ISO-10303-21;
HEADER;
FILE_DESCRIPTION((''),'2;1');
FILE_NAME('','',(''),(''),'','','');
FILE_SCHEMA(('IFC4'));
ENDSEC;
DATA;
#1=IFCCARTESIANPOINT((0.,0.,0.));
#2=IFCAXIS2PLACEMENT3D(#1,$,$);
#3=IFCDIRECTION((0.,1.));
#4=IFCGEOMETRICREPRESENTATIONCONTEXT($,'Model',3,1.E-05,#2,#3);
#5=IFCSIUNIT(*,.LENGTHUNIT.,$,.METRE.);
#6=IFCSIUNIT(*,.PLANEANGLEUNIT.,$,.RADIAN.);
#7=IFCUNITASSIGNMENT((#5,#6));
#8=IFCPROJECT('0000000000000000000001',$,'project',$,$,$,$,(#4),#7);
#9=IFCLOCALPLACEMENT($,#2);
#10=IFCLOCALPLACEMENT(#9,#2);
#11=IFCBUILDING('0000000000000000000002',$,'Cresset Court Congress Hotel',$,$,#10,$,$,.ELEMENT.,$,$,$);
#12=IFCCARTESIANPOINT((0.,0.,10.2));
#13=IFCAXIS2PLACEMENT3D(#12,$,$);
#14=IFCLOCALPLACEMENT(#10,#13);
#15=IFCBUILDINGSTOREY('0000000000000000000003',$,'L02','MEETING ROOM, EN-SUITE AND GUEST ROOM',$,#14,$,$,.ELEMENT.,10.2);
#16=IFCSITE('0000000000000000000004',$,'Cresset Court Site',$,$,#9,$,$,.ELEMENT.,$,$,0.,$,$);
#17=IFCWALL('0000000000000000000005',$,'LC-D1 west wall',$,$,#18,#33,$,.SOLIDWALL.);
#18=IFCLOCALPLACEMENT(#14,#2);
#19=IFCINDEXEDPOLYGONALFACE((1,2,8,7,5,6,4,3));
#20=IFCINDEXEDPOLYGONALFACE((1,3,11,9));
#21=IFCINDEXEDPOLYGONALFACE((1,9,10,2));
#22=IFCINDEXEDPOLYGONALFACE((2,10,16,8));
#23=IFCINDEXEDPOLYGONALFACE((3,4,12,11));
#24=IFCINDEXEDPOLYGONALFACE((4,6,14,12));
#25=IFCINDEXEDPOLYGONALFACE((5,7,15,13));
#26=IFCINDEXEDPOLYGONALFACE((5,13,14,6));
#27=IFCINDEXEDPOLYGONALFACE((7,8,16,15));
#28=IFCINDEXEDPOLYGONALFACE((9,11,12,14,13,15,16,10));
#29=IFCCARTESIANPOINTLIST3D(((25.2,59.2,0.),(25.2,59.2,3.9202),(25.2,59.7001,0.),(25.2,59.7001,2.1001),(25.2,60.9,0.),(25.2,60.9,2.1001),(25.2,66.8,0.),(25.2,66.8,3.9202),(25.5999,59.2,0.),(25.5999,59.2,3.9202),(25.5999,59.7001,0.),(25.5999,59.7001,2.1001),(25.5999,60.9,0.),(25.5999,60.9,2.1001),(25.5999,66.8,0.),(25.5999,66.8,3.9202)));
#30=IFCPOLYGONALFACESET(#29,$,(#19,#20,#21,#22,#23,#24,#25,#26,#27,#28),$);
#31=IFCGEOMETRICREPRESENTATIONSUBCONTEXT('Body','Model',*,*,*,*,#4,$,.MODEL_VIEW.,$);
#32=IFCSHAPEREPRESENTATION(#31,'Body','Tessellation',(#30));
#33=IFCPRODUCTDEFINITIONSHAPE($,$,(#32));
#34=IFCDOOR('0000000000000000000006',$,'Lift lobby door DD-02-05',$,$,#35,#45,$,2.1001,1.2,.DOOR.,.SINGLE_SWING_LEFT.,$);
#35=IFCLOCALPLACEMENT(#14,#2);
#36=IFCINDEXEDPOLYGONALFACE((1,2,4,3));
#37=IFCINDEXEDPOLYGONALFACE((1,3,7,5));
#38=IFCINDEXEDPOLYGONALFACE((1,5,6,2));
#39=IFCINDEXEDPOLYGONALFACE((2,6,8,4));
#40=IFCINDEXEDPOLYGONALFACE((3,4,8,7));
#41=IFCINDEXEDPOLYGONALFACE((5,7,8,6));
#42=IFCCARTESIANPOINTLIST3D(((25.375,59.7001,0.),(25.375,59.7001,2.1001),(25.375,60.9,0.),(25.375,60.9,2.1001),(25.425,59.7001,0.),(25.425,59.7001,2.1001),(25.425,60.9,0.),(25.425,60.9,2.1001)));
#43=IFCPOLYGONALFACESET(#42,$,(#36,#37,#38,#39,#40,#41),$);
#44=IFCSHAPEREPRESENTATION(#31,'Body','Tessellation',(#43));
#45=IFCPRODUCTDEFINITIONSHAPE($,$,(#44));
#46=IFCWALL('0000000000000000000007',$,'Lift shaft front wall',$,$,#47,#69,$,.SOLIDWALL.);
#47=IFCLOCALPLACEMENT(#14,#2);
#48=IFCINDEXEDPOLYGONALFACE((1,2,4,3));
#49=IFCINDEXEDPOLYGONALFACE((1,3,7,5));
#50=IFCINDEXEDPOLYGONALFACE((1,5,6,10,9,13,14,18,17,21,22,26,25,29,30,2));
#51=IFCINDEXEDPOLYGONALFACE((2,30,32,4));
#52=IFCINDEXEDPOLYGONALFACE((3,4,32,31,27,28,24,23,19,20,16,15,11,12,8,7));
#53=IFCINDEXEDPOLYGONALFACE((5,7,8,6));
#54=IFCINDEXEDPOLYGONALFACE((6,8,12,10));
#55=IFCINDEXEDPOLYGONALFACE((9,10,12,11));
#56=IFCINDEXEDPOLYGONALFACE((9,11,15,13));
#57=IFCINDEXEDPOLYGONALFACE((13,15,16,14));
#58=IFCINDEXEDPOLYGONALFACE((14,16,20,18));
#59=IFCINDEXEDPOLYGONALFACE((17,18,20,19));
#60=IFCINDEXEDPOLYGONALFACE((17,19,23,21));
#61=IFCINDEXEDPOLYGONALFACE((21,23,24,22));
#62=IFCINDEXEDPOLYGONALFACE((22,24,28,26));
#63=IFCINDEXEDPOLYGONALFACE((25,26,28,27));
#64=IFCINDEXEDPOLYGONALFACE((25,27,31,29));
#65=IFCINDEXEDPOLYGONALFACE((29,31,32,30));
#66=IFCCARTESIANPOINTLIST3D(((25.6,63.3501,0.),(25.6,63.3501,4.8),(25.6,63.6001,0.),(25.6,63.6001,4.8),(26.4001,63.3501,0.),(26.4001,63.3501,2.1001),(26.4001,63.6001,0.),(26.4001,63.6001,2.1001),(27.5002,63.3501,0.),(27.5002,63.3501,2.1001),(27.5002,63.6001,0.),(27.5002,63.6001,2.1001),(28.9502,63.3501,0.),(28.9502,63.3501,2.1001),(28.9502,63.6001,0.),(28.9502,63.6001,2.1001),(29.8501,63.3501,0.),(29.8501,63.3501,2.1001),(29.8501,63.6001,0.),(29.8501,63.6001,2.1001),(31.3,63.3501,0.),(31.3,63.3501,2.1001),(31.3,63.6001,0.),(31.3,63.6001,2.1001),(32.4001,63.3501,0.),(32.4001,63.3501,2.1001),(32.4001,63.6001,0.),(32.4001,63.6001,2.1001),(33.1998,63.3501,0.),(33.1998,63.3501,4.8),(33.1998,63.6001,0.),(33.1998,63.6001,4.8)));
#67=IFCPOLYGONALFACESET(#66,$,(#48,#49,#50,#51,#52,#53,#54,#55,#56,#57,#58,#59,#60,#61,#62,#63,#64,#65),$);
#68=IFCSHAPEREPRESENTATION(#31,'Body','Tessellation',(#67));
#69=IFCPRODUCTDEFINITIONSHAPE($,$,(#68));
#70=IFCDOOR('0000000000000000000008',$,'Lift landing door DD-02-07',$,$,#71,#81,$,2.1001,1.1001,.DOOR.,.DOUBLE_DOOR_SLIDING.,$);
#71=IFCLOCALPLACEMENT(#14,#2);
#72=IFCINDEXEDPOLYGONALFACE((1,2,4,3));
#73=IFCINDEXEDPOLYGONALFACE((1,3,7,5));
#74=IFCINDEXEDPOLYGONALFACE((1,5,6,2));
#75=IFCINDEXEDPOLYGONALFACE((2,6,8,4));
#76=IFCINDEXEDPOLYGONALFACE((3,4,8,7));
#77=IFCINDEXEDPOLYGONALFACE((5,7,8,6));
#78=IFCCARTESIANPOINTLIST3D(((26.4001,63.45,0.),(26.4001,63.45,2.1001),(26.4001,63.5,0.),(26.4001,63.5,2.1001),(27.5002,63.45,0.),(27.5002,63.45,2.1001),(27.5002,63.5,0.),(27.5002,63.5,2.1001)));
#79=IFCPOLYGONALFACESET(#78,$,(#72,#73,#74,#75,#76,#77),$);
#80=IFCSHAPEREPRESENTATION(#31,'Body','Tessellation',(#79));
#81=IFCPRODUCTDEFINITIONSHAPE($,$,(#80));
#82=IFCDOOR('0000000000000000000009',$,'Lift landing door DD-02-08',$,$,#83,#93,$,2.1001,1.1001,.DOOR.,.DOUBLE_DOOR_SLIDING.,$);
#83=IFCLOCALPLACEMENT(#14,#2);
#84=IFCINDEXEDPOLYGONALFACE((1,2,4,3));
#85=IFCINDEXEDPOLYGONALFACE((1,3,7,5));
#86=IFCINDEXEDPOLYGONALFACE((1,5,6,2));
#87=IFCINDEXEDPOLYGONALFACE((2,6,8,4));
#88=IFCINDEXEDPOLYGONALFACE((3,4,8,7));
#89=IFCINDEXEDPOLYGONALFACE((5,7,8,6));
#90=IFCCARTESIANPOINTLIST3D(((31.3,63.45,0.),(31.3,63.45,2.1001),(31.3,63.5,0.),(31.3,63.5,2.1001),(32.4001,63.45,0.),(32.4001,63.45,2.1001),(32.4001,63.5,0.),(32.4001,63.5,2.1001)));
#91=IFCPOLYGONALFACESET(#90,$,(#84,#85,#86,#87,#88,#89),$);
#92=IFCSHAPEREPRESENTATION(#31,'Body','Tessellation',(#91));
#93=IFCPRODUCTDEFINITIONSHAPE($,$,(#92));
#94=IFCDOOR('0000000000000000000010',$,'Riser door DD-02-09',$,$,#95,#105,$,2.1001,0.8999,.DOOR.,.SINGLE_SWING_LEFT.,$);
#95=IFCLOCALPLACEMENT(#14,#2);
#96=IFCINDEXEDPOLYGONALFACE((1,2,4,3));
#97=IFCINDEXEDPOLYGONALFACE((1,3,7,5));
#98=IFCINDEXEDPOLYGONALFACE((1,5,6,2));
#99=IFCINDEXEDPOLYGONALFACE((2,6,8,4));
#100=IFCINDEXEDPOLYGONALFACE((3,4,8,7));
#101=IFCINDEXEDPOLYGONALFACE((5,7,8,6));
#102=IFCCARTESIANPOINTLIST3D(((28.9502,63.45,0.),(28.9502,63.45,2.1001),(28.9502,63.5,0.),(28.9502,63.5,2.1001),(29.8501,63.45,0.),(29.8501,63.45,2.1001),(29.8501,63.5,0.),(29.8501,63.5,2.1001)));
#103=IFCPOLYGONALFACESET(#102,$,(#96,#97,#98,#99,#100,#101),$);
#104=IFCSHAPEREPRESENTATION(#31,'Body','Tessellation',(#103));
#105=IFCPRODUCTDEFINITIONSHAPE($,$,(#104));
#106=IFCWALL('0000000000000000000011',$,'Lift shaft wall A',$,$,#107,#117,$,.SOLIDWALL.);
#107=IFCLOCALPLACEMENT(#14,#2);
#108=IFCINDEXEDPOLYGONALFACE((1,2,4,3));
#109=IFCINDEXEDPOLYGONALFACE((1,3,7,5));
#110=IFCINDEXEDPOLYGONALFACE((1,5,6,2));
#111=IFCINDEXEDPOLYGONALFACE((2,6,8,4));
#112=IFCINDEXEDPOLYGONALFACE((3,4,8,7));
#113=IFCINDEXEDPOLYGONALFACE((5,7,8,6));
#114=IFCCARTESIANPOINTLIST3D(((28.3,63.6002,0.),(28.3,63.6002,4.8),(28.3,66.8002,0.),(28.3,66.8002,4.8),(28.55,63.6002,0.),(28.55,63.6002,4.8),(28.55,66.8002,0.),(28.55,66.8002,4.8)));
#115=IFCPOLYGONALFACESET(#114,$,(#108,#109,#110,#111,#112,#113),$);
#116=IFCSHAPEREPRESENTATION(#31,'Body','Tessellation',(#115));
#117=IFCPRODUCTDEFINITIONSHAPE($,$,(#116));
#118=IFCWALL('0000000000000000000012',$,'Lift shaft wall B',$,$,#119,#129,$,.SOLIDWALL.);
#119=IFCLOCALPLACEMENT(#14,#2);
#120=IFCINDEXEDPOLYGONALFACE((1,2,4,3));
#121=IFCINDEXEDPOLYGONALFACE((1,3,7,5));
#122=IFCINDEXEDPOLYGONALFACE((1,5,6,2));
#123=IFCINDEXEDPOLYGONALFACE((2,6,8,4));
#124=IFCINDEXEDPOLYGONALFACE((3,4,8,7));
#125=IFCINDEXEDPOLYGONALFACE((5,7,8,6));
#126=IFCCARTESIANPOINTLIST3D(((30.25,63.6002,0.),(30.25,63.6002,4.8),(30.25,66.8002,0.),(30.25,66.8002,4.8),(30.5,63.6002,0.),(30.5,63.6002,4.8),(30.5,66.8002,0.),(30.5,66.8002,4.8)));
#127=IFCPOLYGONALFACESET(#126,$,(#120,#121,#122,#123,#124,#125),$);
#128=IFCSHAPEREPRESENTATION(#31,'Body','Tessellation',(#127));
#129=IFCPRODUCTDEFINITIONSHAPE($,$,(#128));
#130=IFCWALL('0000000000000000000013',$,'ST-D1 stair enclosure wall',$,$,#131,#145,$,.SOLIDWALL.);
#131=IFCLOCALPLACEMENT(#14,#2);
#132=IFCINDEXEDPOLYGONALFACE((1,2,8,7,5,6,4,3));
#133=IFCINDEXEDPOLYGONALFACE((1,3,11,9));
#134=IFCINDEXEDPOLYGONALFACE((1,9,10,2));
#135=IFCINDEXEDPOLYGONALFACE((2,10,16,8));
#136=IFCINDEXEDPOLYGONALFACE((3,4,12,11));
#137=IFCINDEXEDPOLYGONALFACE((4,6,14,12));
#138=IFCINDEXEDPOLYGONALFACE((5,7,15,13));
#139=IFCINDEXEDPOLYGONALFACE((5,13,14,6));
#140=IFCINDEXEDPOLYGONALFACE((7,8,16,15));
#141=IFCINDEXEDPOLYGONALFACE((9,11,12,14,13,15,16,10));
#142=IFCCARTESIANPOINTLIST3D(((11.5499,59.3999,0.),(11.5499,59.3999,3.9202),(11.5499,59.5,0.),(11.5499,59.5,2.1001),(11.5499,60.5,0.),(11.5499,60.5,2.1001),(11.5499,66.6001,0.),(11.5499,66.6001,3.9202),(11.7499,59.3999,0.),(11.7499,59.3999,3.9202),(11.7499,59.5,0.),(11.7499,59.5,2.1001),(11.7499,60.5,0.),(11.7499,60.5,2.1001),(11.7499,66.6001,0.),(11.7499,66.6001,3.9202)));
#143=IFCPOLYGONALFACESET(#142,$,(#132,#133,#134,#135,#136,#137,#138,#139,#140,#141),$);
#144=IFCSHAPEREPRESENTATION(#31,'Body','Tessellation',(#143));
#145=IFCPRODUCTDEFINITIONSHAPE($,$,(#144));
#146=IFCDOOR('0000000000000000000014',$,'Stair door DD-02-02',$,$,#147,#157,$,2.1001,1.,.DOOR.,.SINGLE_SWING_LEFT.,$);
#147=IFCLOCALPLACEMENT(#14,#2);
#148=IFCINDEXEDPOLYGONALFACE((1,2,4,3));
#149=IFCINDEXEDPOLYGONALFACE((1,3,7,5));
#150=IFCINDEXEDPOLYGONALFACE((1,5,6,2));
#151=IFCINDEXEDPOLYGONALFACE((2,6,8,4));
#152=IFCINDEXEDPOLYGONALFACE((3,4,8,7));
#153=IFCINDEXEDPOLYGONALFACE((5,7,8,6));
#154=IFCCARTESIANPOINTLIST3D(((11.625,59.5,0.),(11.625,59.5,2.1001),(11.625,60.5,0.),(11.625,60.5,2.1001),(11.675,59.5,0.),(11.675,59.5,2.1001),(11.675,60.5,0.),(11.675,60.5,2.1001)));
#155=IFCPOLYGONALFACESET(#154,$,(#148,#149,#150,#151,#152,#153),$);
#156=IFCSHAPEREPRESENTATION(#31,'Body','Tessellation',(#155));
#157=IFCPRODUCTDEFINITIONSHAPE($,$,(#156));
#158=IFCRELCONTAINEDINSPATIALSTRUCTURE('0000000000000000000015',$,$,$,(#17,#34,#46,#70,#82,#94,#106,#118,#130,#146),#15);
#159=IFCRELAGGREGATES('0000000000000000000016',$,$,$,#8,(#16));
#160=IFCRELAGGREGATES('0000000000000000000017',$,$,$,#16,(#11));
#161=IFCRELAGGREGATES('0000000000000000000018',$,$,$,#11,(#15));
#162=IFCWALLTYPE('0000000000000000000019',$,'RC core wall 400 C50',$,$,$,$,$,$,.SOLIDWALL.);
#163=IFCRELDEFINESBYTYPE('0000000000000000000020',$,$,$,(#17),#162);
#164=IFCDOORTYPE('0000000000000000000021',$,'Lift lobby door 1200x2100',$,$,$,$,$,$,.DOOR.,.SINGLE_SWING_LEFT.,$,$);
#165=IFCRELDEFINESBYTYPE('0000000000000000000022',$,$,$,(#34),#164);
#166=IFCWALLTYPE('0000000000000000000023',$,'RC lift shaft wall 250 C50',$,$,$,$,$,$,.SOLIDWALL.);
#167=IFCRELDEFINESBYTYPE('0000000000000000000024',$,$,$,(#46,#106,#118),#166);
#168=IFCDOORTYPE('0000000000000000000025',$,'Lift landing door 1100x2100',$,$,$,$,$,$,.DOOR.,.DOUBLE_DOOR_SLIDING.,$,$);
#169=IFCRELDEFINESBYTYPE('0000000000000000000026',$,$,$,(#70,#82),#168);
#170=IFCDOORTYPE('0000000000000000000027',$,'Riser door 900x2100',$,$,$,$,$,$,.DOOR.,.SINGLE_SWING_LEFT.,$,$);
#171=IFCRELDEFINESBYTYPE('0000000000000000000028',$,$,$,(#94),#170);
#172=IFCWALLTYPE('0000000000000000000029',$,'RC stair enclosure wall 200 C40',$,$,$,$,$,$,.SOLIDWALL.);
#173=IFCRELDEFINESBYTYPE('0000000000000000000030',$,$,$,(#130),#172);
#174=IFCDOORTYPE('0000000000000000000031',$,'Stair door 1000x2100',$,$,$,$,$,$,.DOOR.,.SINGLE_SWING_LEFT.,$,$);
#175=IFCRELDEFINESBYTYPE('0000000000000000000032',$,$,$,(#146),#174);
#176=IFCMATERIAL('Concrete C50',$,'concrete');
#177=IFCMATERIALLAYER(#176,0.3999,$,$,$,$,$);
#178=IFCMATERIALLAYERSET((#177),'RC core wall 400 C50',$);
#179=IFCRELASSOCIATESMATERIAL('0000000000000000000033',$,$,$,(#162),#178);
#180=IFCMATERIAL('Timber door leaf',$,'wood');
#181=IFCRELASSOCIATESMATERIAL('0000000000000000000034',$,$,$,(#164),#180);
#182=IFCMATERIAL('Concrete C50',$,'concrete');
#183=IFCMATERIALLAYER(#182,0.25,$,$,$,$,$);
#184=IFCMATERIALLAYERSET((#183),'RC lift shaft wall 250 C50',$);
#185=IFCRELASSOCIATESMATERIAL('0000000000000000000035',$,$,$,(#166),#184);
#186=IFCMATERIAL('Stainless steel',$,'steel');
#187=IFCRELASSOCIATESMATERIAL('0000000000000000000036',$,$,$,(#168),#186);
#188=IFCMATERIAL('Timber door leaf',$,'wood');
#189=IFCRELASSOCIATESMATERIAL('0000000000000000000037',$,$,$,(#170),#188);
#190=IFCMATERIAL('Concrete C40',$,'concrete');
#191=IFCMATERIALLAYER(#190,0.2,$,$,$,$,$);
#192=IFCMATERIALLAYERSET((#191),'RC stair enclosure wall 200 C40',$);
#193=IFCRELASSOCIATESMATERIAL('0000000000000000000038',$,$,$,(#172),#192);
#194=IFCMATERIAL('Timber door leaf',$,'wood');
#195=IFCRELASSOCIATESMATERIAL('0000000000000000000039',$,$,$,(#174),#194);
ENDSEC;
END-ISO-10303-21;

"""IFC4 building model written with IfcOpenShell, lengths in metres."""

from ifc_helpers import new_model, si_unit, direction, frame, frame_2d, origin, place, context, subcontext, project, spatial, rectangle, extrude, material, layer, layer_set, type_object, element, fill, save


model = new_model("IFC4")

# Units and contexts
model_context = context("Model", 3, precision=1e-05, world=origin(), true_north=direction((0.0, 1.0)))
body_context = subcontext(model_context, "Body", "Model", "MODEL_VIEW")
ifc_project = project(units=[si_unit("LENGTHUNIT", "METRE"), si_unit("PLANEANGLEUNIT", "RADIAN")], contexts=[model_context])

# Site, building, storey
site_placement = place(None, origin())
site = spatial("IfcSite", under=ifc_project, at=site_placement, Name="Cresset Court Site", CompositionType="ELEMENT", RefElevation=0.0)
building_placement = place(site_placement, origin())
building = spatial("IfcBuilding", under=site, at=building_placement, Name="Cresset Court Congress Hotel", CompositionType="ELEMENT")
storey_placement = place(building_placement, frame((0.0, 0.0, 10.2)))
storey = spatial("IfcBuildingStorey", under=building, at=storey_placement, Name="L02", Description="MEETING ROOM, EN-SUITE AND GUEST ROOM", CompositionType="ELEMENT", Elevation=10.2)

# Shared definitions
ifc_material_1 = material(Name="Concrete C50", Category="concrete")
ifc_layer_1 = layer(ifc_material_1, 0.3999)
ifc_layer_set_1 = layer_set([ifc_layer_1], Name="RC core wall 400 C50")
wall_type_1 = type_object("IfcWallType", Name="RC core wall 400 C50", PredefinedType="SOLIDWALL", material=ifc_layer_set_1)

# Wall, opening, door
wall_1_placement = place(storey_placement, frame((25.3999, 59.2, 0.0), z_axis=(0.0, 0.0, 1.0), x_axis=(0.0, 1.0, 0.0)))
wall_1 = element("IfcWall", 1, at=wall_1_placement, inside=storey, type_object=wall_type_1, Name="LC-D1 west wall", PredefinedType="SOLIDWALL", context=body_context, shape_type="SweptSolid", body=[
    extrude(rectangle(XDim=7.6001, YDim=0.3999, at=frame_2d((3.8, 0.0))), origin(), (0.0, 0.0, 1.0), 3.9202),
])
opening_1_placement = place(wall_1_placement, frame((0.5, 0.0, 0.0)))
opening_1 = element("IfcOpeningElement", 2, at=opening_1_placement, cuts=wall_1, PredefinedType="OPENING", context=body_context, shape_type="SweptSolid", body=[
    extrude(rectangle(XDim=1.2, YDim=2.1001, at=frame_2d((0.6001, 1.05))), frame((0.0, 0.21, 0.0), z_axis=(0.0, -1.0, 0.0), x_axis=(1.0, 0.0, 0.0)), (0.0, 0.0, 1.0), 0.4199),
])
ifc_material_2 = material(Name="Timber door leaf", Category="wood")
door_type_1 = type_object("IfcDoorType", Name="Lift lobby door 1200x2100", OperationType="SINGLE_SWING_LEFT", PredefinedType="DOOR", material=ifc_material_2)
door_1_placement = place(opening_1_placement, origin())
door_1 = element("IfcDoor", 3, at=door_1_placement, inside=storey, type_object=door_type_1, Name="Lift lobby door DD-02-05", OperationType="SINGLE_SWING_LEFT", OverallHeight=2.1001, OverallWidth=1.2, PredefinedType="DOOR", context=body_context, shape_type="SweptSolid", body=[
    extrude(rectangle(XDim=1.2, YDim=2.1001, at=frame_2d((0.6001, 1.05))), frame((0.0, 0.0249, 0.0), z_axis=(0.0, -1.0, 0.0), x_axis=(1.0, 0.0, 0.0)), (0.0, 0.0, 1.0), 0.05),
])
fill(opening_1, door_1)

# Wall, openings, doors
ifc_material_3 = material(Name="Concrete C50", Category="concrete")
ifc_layer_2 = layer(ifc_material_3, 0.25)
ifc_layer_set_2 = layer_set([ifc_layer_2], Name="RC lift shaft wall 250 C50")
wall_type_2 = type_object("IfcWallType", Name="RC lift shaft wall 250 C50", PredefinedType="SOLIDWALL", material=ifc_layer_set_2)
wall_2_placement = place(storey_placement, frame((25.6001, 63.4751, 0.0), z_axis=(0.0, 0.0, 1.0), x_axis=(1.0, 0.0, 0.0)))
wall_2 = element("IfcWall", 4, at=wall_2_placement, inside=storey, type_object=wall_type_2, Name="Lift shaft front wall", PredefinedType="SOLIDWALL", context=body_context, shape_type="SweptSolid", body=[
    extrude(rectangle(XDim=7.5999, YDim=0.25, at=frame_2d((3.7998, 0.0))), origin(), (0.0, 0.0, 1.0), 4.8),
])
opening_2_placement = place(wall_2_placement, frame((0.8, 0.0, 0.0)))
opening_2 = element("IfcOpeningElement", 5, at=opening_2_placement, cuts=wall_2, PredefinedType="OPENING", context=body_context, shape_type="SweptSolid", body=[
    extrude(rectangle(XDim=1.1001, YDim=2.1001, at=frame_2d((0.55, 1.05))), frame((0.0, 0.135, 0.0), z_axis=(0.0, -1.0, 0.0), x_axis=(1.0, 0.0, 0.0)), (0.0, 0.0, 1.0), 0.27),
])
opening_3_placement = place(wall_2_placement, frame((5.7, 0.0, 0.0)))
opening_3 = element("IfcOpeningElement", 6, at=opening_3_placement, cuts=wall_2, PredefinedType="OPENING", context=body_context, shape_type="SweptSolid", body=[
    extrude(rectangle(XDim=1.1001, YDim=2.1001, at=frame_2d((0.55, 1.05))), frame((0.0, 0.135, 0.0), z_axis=(0.0, -1.0, 0.0), x_axis=(1.0, 0.0, 0.0)), (0.0, 0.0, 1.0), 0.27),
])
opening_4_placement = place(wall_2_placement, frame((3.3501, 0.0, 0.0)))
opening_4 = element("IfcOpeningElement", 7, at=opening_4_placement, cuts=wall_2, PredefinedType="OPENING", context=body_context, shape_type="SweptSolid", body=[
    extrude(rectangle(XDim=0.8999, YDim=2.1001, at=frame_2d((0.45, 1.05))), frame((0.0, 0.135, 0.0), z_axis=(0.0, -1.0, 0.0), x_axis=(1.0, 0.0, 0.0)), (0.0, 0.0, 1.0), 0.27),
])
ifc_material_4 = material(Name="Stainless steel", Category="steel")
door_type_2 = type_object("IfcDoorType", Name="Lift landing door 1100x2100", OperationType="DOUBLE_DOOR_SLIDING", PredefinedType="DOOR", material=ifc_material_4)
door_2_placement = place(opening_2_placement, origin())
door_2 = element("IfcDoor", 8, at=door_2_placement, inside=storey, type_object=door_type_2, Name="Lift landing door DD-02-07", OperationType="DOUBLE_DOOR_SLIDING", OverallHeight=2.1001, OverallWidth=1.1001, PredefinedType="DOOR", context=body_context, shape_type="SweptSolid", body=[
    extrude(rectangle(XDim=1.1001, YDim=2.1001, at=frame_2d((0.55, 1.05))), frame((0.0, 0.0249, 0.0), z_axis=(0.0, -1.0, 0.0), x_axis=(1.0, 0.0, 0.0)), (0.0, 0.0, 1.0), 0.05),
])
fill(opening_2, door_2)
door_3_placement = place(opening_3_placement, origin())
door_3 = element("IfcDoor", 9, at=door_3_placement, inside=storey, type_object=door_type_2, Name="Lift landing door DD-02-08", OperationType="DOUBLE_DOOR_SLIDING", OverallHeight=2.1001, OverallWidth=1.1001, PredefinedType="DOOR", context=body_context, shape_type="SweptSolid", body=[
    extrude(rectangle(XDim=1.1001, YDim=2.1001, at=frame_2d((0.55, 1.05))), frame((0.0, 0.0249, 0.0), z_axis=(0.0, -1.0, 0.0), x_axis=(1.0, 0.0, 0.0)), (0.0, 0.0, 1.0), 0.05),
])
fill(opening_3, door_3)
ifc_material_5 = material(Name="Timber door leaf", Category="wood")
door_type_3 = type_object("IfcDoorType", Name="Riser door 900x2100", OperationType="SINGLE_SWING_LEFT", PredefinedType="DOOR", material=ifc_material_5)
door_4_placement = place(opening_4_placement, origin())
door_4 = element("IfcDoor", 10, at=door_4_placement, inside=storey, type_object=door_type_3, Name="Riser door DD-02-09", OperationType="SINGLE_SWING_LEFT", OverallHeight=2.1001, OverallWidth=0.8999, PredefinedType="DOOR", context=body_context, shape_type="SweptSolid", body=[
    extrude(rectangle(XDim=0.8999, YDim=2.1001, at=frame_2d((0.45, 1.05))), frame((0.0, 0.0249, 0.0), z_axis=(0.0, -1.0, 0.0), x_axis=(1.0, 0.0, 0.0)), (0.0, 0.0, 1.0), 0.05),
])
fill(opening_4, door_4)

# Walls
for number, where, z_axis, x_axis, name in (
    (11, (28.425, 63.6001, 0.0), (0.0, 0.0, 1.0), (0.0, 1.0, 0.0), "Lift shaft wall A"),
    (12, (30.375, 63.6001, 0.0), (0.0, 0.0, 1.0), (0.0, 1.0, 0.0), "Lift shaft wall B"),
):
    element("IfcWall", number, at=place(storey_placement, frame(where, z_axis=z_axis, x_axis=x_axis)), inside=storey, type_object=wall_type_2, Name=name, PredefinedType="SOLIDWALL", context=body_context, shape_type="SweptSolid", body=[
        extrude(rectangle(XDim=3.2, YDim=0.25, at=frame_2d((1.6001, 0.0))), origin(), (0.0, 0.0, 1.0), 4.8),
    ])

# Wall, opening, door
ifc_material_6 = material(Name="Concrete C40", Category="concrete")
ifc_layer_3 = layer(ifc_material_6, 0.2)
ifc_layer_set_3 = layer_set([ifc_layer_3], Name="RC stair enclosure wall 200 C40")
wall_type_3 = type_object("IfcWallType", Name="RC stair enclosure wall 200 C40", PredefinedType="SOLIDWALL", material=ifc_layer_set_3)
wall_3_placement = place(storey_placement, frame((11.6499, 59.3999, 0.0), z_axis=(0.0, 0.0, 1.0), x_axis=(0.0, 1.0, 0.0)))
wall_3 = element("IfcWall", 13, at=wall_3_placement, inside=storey, type_object=wall_type_3, Name="ST-D1 stair enclosure wall", PredefinedType="SOLIDWALL", context=body_context, shape_type="SweptSolid", body=[
    extrude(rectangle(XDim=7.2002, YDim=0.2, at=frame_2d((3.6001, 0.0))), origin(), (0.0, 0.0, 1.0), 3.9202),
])
opening_5_placement = place(wall_3_placement, frame((0.1001, 0.0, 0.0)))
opening_5 = element("IfcOpeningElement", 14, at=opening_5_placement, cuts=wall_3, PredefinedType="OPENING", context=body_context, shape_type="SweptSolid", body=[
    extrude(rectangle(XDim=1.0, YDim=2.1001, at=frame_2d((0.5, 1.05))), frame((0.0, 0.1099, 0.0), z_axis=(0.0, -1.0, 0.0), x_axis=(1.0, 0.0, 0.0)), (0.0, 0.0, 1.0), 0.22),
])
ifc_material_7 = material(Name="Timber door leaf", Category="wood")
door_type_4 = type_object("IfcDoorType", Name="Stair door 1000x2100", OperationType="SINGLE_SWING_LEFT", PredefinedType="DOOR", material=ifc_material_7)
door_5_placement = place(opening_5_placement, origin())
door_5 = element("IfcDoor", 15, at=door_5_placement, inside=storey, type_object=door_type_4, Name="Stair door DD-02-02", OperationType="SINGLE_SWING_LEFT", OverallHeight=2.1001, OverallWidth=1.0, PredefinedType="DOOR", context=body_context, shape_type="SweptSolid", body=[
    extrude(rectangle(XDim=1.0, YDim=2.1001, at=frame_2d((0.5, 1.05))), frame((0.0, 0.0249, 0.0), z_axis=(0.0, -1.0, 0.0), x_axis=(1.0, 0.0, 0.0)), (0.0, 0.0, 1.0), 0.05),
])
fill(opening_5, door_5)

save(model, "model.ifc")
